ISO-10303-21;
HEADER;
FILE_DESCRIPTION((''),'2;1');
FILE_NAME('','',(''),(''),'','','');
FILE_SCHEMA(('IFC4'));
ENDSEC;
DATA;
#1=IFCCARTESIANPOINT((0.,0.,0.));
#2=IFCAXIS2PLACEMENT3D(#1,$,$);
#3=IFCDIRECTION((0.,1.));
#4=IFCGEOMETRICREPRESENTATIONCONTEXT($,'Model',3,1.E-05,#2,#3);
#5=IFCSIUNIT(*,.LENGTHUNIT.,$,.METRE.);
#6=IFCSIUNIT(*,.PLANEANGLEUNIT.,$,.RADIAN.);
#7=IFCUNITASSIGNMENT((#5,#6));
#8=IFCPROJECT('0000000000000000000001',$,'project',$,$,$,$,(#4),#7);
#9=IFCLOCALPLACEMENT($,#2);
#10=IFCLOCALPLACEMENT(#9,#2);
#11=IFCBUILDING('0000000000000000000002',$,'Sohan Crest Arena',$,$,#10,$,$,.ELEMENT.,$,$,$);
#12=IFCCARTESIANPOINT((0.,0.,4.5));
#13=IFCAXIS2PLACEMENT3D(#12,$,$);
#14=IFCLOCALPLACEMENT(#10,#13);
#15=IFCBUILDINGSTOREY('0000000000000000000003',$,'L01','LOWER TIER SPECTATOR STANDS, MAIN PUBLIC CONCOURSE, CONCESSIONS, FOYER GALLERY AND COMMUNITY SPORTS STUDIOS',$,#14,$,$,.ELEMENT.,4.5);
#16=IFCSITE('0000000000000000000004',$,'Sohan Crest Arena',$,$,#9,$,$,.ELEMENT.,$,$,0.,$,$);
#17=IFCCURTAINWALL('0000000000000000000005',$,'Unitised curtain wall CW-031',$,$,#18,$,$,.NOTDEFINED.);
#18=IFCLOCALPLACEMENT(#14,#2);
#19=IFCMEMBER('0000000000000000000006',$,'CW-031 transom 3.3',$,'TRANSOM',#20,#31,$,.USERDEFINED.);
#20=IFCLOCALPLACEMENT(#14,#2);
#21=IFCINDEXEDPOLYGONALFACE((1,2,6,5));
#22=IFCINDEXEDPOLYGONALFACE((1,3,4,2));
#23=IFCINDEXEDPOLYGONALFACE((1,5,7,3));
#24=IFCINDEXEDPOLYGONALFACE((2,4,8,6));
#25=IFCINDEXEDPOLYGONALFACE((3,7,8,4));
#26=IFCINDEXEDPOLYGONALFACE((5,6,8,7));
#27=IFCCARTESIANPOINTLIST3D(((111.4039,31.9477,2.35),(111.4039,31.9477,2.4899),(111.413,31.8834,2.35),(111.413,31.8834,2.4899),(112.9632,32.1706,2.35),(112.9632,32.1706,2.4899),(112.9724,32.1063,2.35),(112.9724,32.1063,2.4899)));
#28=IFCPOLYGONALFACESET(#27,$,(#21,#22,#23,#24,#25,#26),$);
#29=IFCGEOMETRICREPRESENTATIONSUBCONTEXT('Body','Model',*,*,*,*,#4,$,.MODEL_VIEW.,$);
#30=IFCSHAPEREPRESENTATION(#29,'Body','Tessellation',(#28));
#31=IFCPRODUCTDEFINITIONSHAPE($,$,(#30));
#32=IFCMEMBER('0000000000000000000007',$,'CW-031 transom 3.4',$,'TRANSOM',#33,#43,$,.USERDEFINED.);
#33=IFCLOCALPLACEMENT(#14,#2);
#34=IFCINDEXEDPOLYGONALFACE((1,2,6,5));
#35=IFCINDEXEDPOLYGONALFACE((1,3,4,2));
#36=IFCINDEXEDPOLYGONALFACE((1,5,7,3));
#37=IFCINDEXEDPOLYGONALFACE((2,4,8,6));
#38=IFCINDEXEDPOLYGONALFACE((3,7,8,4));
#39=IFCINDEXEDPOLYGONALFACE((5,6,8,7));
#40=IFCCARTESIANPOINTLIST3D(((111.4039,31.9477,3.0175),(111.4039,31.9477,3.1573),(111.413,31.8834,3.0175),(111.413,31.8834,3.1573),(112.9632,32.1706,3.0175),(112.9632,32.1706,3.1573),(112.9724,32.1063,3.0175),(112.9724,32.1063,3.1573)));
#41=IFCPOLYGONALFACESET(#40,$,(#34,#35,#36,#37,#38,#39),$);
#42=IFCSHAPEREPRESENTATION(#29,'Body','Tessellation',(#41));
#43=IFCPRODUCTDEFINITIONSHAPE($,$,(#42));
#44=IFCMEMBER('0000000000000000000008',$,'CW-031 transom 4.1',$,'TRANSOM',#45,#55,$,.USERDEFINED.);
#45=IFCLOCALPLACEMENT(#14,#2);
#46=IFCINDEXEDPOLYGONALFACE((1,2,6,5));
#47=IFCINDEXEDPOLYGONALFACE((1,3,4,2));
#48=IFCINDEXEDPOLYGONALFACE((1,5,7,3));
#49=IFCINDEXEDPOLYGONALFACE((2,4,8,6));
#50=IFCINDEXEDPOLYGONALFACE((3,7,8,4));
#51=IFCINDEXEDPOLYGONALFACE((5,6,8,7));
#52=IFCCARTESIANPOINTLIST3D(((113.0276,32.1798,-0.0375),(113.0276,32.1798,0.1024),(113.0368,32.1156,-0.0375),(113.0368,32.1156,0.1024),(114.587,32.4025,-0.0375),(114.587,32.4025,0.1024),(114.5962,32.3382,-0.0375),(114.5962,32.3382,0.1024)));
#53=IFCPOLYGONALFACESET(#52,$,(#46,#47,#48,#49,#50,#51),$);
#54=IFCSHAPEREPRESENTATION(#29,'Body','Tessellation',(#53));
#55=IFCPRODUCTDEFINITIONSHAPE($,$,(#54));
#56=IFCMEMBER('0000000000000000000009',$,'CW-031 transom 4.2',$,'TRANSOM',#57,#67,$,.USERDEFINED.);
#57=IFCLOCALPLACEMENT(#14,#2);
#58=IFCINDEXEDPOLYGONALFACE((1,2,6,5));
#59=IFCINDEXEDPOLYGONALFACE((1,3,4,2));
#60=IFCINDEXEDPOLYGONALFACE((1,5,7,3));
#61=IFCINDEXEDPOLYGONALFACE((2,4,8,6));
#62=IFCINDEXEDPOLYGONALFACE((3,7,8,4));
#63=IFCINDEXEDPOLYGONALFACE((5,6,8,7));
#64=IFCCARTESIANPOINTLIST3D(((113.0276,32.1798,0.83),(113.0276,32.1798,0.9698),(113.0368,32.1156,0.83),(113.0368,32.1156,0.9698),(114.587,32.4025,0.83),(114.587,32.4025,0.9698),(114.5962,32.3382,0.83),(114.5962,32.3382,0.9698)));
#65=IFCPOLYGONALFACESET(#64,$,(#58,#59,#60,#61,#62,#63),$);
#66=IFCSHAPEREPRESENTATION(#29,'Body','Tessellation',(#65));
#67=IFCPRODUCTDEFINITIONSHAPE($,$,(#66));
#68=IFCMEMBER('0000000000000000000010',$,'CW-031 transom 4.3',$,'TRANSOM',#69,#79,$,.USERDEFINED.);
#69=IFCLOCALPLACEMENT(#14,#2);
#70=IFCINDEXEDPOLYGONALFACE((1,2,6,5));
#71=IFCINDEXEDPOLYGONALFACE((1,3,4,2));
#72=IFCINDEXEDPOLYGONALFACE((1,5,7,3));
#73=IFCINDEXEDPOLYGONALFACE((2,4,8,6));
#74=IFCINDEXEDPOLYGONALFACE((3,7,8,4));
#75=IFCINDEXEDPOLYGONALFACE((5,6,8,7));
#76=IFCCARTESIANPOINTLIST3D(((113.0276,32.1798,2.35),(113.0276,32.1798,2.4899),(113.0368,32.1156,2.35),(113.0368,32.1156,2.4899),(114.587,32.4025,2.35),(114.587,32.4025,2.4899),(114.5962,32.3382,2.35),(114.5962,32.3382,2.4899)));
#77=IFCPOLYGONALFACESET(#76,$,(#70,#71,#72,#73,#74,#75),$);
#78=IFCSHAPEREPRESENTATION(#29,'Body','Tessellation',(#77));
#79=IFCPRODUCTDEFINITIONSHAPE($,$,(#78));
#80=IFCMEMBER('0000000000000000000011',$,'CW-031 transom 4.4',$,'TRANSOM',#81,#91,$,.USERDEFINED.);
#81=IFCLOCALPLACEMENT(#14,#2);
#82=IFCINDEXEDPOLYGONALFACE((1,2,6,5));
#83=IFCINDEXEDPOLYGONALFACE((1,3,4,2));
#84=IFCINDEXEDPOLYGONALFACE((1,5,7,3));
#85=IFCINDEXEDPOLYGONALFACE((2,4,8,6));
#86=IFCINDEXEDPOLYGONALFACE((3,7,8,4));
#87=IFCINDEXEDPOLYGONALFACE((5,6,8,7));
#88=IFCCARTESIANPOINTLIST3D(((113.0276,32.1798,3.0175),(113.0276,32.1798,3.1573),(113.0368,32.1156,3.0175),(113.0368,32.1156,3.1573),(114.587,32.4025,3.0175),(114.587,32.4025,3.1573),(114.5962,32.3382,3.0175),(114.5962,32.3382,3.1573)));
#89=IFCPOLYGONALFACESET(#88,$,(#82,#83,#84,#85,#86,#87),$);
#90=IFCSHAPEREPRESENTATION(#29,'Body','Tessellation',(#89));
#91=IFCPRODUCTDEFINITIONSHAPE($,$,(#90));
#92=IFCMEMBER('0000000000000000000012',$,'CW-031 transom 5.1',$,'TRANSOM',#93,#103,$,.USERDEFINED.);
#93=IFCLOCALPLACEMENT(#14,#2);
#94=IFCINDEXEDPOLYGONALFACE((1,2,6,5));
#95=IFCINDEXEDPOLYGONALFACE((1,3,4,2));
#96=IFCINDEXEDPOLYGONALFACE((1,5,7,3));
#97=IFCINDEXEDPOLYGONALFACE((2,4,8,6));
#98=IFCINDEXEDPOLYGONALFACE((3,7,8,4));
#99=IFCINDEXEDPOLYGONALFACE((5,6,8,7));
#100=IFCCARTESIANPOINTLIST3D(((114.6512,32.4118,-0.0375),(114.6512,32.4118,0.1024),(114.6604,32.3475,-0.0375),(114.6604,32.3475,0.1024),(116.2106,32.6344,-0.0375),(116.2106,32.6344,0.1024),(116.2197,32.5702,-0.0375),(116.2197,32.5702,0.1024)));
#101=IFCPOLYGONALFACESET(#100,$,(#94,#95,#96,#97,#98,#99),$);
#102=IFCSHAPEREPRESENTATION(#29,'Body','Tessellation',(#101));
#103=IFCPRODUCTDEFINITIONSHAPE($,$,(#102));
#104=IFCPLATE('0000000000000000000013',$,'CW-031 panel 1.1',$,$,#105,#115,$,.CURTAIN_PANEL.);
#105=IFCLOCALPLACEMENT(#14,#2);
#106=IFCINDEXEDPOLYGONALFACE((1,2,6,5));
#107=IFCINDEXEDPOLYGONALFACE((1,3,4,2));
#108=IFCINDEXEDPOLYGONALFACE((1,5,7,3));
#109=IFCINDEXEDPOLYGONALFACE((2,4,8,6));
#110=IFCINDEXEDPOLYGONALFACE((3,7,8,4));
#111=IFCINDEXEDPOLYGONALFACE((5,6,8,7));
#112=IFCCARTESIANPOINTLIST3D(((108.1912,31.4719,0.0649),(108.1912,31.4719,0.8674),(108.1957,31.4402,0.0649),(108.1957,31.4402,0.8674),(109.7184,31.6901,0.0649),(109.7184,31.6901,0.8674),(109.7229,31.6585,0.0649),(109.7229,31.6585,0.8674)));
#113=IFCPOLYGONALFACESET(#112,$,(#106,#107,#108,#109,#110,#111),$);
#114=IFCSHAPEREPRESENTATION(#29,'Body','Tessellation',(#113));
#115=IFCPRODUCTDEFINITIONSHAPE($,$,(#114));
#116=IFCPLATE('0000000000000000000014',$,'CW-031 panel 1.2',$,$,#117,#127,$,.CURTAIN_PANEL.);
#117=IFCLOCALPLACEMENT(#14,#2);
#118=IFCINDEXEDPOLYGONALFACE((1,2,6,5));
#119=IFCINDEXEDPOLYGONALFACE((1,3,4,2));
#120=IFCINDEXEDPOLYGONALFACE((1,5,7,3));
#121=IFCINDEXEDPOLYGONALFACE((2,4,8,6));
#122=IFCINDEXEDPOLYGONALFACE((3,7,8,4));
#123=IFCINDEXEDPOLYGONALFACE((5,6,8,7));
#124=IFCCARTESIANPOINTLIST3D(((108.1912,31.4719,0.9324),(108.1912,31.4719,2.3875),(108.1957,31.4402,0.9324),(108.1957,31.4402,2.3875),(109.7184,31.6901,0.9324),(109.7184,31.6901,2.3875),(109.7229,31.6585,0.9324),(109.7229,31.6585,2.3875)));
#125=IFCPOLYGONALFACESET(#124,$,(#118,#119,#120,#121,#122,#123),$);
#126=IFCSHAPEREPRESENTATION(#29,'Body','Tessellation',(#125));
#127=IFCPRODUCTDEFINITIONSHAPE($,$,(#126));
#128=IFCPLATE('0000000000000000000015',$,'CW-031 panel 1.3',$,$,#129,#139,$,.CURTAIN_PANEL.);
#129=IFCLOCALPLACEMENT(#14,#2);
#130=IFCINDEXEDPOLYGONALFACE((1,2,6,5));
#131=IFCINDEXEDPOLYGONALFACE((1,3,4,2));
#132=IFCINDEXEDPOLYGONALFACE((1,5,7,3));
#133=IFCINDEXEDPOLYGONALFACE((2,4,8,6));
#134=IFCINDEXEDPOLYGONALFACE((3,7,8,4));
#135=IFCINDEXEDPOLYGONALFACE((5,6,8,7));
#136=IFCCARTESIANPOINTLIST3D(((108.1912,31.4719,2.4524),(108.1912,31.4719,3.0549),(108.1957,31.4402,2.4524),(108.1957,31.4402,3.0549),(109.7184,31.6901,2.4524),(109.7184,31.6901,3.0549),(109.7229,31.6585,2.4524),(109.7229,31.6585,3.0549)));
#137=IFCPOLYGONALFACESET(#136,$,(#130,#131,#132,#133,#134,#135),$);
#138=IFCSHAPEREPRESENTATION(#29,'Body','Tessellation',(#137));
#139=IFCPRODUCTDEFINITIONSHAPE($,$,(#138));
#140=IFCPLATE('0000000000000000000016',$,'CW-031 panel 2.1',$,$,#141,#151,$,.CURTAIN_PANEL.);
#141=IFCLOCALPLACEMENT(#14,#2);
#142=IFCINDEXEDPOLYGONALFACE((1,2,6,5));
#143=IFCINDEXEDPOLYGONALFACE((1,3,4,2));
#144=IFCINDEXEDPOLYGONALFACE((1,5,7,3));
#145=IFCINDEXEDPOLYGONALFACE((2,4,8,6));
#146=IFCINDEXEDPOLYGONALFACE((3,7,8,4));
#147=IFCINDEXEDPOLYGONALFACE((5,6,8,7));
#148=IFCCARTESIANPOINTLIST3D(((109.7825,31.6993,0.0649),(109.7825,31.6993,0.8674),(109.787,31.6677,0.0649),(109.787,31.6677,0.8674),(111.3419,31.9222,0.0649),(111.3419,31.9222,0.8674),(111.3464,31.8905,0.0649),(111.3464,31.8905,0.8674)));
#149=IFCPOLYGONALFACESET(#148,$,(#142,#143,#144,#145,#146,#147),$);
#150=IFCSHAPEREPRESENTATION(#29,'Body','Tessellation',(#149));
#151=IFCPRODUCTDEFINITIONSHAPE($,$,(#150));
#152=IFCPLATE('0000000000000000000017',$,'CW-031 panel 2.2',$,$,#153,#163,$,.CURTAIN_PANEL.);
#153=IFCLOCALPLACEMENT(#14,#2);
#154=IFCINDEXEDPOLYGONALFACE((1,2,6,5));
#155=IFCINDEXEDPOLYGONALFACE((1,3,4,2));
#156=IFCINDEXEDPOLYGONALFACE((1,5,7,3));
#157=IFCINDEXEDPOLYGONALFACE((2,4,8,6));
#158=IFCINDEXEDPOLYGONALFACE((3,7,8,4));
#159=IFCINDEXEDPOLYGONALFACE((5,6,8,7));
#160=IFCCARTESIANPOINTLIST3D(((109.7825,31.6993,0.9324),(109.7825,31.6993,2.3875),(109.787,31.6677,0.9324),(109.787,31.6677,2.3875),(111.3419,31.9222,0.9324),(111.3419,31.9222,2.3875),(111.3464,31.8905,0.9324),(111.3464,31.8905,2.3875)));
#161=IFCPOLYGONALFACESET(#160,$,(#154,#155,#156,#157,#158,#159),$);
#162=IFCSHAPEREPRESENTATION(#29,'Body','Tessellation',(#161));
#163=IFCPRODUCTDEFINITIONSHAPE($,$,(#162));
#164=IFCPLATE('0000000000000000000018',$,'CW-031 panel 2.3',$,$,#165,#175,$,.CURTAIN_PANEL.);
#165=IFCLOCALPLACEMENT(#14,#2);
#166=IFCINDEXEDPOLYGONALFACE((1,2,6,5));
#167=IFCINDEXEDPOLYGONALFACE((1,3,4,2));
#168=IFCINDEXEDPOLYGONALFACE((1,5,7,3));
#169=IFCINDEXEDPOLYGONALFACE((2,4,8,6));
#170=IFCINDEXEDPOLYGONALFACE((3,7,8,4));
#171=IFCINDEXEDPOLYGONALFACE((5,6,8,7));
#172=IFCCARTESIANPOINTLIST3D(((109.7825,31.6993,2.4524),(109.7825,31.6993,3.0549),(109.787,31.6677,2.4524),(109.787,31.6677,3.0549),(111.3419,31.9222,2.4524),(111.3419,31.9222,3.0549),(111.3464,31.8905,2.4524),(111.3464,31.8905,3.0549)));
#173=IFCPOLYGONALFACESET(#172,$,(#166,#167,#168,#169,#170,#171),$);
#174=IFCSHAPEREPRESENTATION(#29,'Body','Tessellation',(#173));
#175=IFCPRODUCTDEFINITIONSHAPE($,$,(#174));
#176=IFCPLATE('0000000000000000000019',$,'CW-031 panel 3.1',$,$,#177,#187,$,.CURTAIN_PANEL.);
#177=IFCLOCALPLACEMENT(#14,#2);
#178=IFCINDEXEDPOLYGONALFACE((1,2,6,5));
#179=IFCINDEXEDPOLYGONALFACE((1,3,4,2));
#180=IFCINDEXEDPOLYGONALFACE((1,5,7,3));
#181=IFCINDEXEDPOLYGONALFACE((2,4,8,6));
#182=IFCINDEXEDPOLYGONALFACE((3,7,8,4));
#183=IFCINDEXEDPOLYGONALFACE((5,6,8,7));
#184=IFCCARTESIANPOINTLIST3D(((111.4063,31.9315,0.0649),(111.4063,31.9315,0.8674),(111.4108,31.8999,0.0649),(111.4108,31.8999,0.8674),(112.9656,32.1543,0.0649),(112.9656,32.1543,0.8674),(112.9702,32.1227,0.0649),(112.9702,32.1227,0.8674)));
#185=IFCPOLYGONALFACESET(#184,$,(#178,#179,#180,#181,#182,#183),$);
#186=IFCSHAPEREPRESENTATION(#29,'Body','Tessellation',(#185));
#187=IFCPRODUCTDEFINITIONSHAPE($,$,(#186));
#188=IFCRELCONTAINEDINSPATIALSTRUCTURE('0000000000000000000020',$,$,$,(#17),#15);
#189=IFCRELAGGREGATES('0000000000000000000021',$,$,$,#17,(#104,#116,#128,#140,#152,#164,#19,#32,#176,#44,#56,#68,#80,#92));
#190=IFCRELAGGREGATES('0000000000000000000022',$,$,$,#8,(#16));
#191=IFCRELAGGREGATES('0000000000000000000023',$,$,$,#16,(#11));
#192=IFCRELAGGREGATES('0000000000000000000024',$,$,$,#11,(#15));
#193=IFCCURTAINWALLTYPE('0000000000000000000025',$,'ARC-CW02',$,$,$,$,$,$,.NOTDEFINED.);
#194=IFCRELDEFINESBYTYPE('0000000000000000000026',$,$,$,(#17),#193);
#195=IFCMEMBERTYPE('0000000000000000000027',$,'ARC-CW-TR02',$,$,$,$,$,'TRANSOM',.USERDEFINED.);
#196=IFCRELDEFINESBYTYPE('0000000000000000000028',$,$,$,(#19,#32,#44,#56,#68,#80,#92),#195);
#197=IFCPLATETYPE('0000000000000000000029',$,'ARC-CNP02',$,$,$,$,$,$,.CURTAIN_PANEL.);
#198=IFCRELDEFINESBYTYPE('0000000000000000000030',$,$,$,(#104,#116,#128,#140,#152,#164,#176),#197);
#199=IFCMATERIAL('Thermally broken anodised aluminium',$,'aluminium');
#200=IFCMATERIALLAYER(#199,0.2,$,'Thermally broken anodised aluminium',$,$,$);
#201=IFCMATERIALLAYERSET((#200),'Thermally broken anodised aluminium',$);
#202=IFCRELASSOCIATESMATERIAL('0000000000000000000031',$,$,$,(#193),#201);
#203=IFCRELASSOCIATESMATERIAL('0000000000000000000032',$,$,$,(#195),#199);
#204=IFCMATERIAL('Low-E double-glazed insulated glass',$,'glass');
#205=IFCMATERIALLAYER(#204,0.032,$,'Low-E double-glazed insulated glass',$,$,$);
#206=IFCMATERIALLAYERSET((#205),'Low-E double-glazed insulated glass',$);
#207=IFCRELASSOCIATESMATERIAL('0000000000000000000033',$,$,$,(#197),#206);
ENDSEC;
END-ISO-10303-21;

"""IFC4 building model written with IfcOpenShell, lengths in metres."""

from ifc_helpers import new_model, si_unit, direction, frame, origin, origin_2d, place, context, subcontext, project, spatial, rectangle, extrude, material, layer, layer_set, material_profile, profile_set, type_object, element, aggregate, save


model = new_model("IFC4")

# Units and contexts
model_context = context("Model", 3, precision=1e-05, world=origin(), true_north=direction((0.0, 1.0)))
body_context = subcontext(model_context, "Body", "Model", "MODEL_VIEW")
ifc_project = project(units=[si_unit("LENGTHUNIT", "METRE"), si_unit("PLANEANGLEUNIT", "RADIAN")], contexts=[model_context])

# Site, building, storey
site_placement = place(None, origin())
site = spatial("IfcSite", under=ifc_project, at=site_placement, Name="Sohan Crest Arena", CompositionType="ELEMENT", RefElevation=0.0)
building_placement = place(site_placement, origin())
building = spatial("IfcBuilding", under=site, at=building_placement, Name="Sohan Crest Arena", CompositionType="ELEMENT")
storey_placement = place(building_placement, frame((0.0, 0.0, 4.5)))
storey = spatial("IfcBuildingStorey", under=building, at=storey_placement, Name="L01", Description="LOWER TIER SPECTATOR STANDS, MAIN PUBLIC CONCOURSE, CONCESSIONS, FOYER GALLERY AND COMMUNITY SPORTS STUDIOS", CompositionType="ELEMENT", Elevation=4.5)

# Curtain wall, members, plates
ifc_material_1 = material(Name="Thermally broken anodised aluminium", Category="aluminium")
ifc_layer_1 = layer(ifc_material_1, 0.2, Name="Thermally broken anodised aluminium")
ifc_layer_set_1 = layer_set([ifc_layer_1], Name="Thermally broken anodised aluminium")
curtain_wall_type = type_object("IfcCurtainWallType", Name="ARC-CW02", PredefinedType="NOTDEFINED", material=ifc_layer_set_1)
curtain_wall_placement = place(storey_placement, origin())
curtain_wall = element("IfcCurtainWall", 1, at=curtain_wall_placement, inside=storey, type_object=curtain_wall_type, Name="Unitised curtain wall CW-031", PredefinedType="NOTDEFINED")
ifc_material_profile_1 = material_profile(ifc_material_1, rectangle(XDim=0.0649, YDim=0.1399, at=origin_2d()), Name="ALU-TRAN 65x140")
ifc_profile_set_1 = profile_set([ifc_material_profile_1], Name="Thermally broken anodised aluminium")
member_type_1 = type_object("IfcMemberType", Name="ARC-CW-TR02", ElementType="TRANSOM", PredefinedType="USERDEFINED", material=ifc_profile_set_1)
member_1_placement = place(storey_placement, frame((111.4084, 31.9155, 2.4199), z_axis=(0.989937, 0.141508, 0.0), x_axis=(-0.141508, 0.989937, 0.0)))
member_1 = element("IfcMember", 2, at=member_1_placement, type_object=member_type_1, Name="CW-031 transom 3.3", ObjectType="TRANSOM", PredefinedType="USERDEFINED", context=body_context, shape_type="SweptSolid", body=[
    extrude(rectangle(XDim=0.0649, YDim=0.1399, at=origin_2d()), origin(), (0.0, 0.0, 1.0), 1.5752),
])
member_2_placement = place(storey_placement, frame((111.4084, 31.9155, 3.0874), z_axis=(0.989937, 0.141508, 0.0), x_axis=(-0.141508, 0.989937, 0.0)))
member_2 = element("IfcMember", 3, at=member_2_placement, type_object=member_type_1, Name="CW-031 transom 3.4", ObjectType="TRANSOM", PredefinedType="USERDEFINED", context=body_context, shape_type="SweptSolid", body=[
    extrude(rectangle(XDim=0.0649, YDim=0.1399, at=origin_2d()), origin(), (0.0, 0.0, 1.0), 1.5752),
])
member_3_placement = place(storey_placement, frame((113.0322, 32.1477, 0.0325), z_axis=(0.989959, 0.141356, 0.0), x_axis=(-0.141356, 0.989959, 0.0)))
member_3 = element("IfcMember", 4, at=member_3_placement, type_object=member_type_1, Name="CW-031 transom 4.1", ObjectType="TRANSOM", PredefinedType="USERDEFINED", context=body_context, shape_type="SweptSolid", body=[
    extrude(rectangle(XDim=0.0649, YDim=0.1399, at=origin_2d()), origin(), (0.0, 0.0, 1.0), 1.5752),
])
member_4_placement = place(storey_placement, frame((113.0322, 32.1477, 0.8999), z_axis=(0.989959, 0.141356, 0.0), x_axis=(-0.141356, 0.989959, 0.0)))
member_4 = element("IfcMember", 5, at=member_4_placement, type_object=member_type_1, Name="CW-031 transom 4.2", ObjectType="TRANSOM", PredefinedType="USERDEFINED", context=body_context, shape_type="SweptSolid", body=[
    extrude(rectangle(XDim=0.0649, YDim=0.1399, at=origin_2d()), origin(), (0.0, 0.0, 1.0), 1.5752),
])
member_5_placement = place(storey_placement, frame((113.0322, 32.1477, 2.4199), z_axis=(0.989959, 0.141356, 0.0), x_axis=(-0.141356, 0.989959, 0.0)))
member_5 = element("IfcMember", 6, at=member_5_placement, type_object=member_type_1, Name="CW-031 transom 4.3", ObjectType="TRANSOM", PredefinedType="USERDEFINED", context=body_context, shape_type="SweptSolid", body=[
    extrude(rectangle(XDim=0.0649, YDim=0.1399, at=origin_2d()), origin(), (0.0, 0.0, 1.0), 1.5752),
])
member_6_placement = place(storey_placement, frame((113.0322, 32.1477, 3.0874), z_axis=(0.989959, 0.141356, 0.0), x_axis=(-0.141356, 0.989959, 0.0)))
member_6 = element("IfcMember", 7, at=member_6_placement, type_object=member_type_1, Name="CW-031 transom 4.4", ObjectType="TRANSOM", PredefinedType="USERDEFINED", context=body_context, shape_type="SweptSolid", body=[
    extrude(rectangle(XDim=0.0649, YDim=0.1399, at=origin_2d()), origin(), (0.0, 0.0, 1.0), 1.5752),
])
member_7_placement = place(storey_placement, frame((114.6558, 32.3796, 0.0325), z_axis=(0.989959, 0.141356, 0.0), x_axis=(-0.141356, 0.989959, 0.0)))
member_7 = element("IfcMember", 8, at=member_7_placement, type_object=member_type_1, Name="CW-031 transom 5.1", ObjectType="TRANSOM", PredefinedType="USERDEFINED", context=body_context, shape_type="SweptSolid", body=[
    extrude(rectangle(XDim=0.0649, YDim=0.1399, at=origin_2d()), origin(), (0.0, 0.0, 1.0), 1.5752),
])
ifc_material_2 = material(Name="Low-E double-glazed insulated glass", Category="glass")
ifc_layer_2 = layer(ifc_material_2, 0.032, Name="Low-E double-glazed insulated glass")
ifc_layer_set_2 = layer_set([ifc_layer_2], Name="Low-E double-glazed insulated glass")
plate_type = type_object("IfcPlateType", Name="ARC-CNP02", PredefinedType="CURTAIN_PANEL", material=ifc_layer_set_2)
plate_1_placement = place(storey_placement, frame((108.957, 31.5652, 0.0649), z_axis=(0.0, 0.0, 1.0), x_axis=(0.989945, 0.14145, 0.0)))
plate_1 = element("IfcPlate", 9, at=plate_1_placement, type_object=plate_type, Name="CW-031 panel 1.1", PredefinedType="CURTAIN_PANEL", context=body_context, shape_type="SweptSolid", body=[
    extrude(rectangle(XDim=1.5427, YDim=0.032, at=origin_2d()), origin(), (0.0, 0.0, 1.0), 0.8025),
])
plate_2_placement = place(storey_placement, frame((108.957, 31.5652, 0.9324), z_axis=(0.0, 0.0, 1.0), x_axis=(0.989945, 0.14145, 0.0)))
plate_2 = element("IfcPlate", 10, at=plate_2_placement, type_object=plate_type, Name="CW-031 panel 1.2", PredefinedType="CURTAIN_PANEL", context=body_context, shape_type="SweptSolid", body=[
    extrude(rectangle(XDim=1.5427, YDim=0.032, at=origin_2d()), origin(), (0.0, 0.0, 1.0), 1.4551),
])
plate_3_placement = place(storey_placement, frame((108.957, 31.5652, 2.4524), z_axis=(0.0, 0.0, 1.0), x_axis=(0.989945, 0.14145, 0.0)))
plate_3 = element("IfcPlate", 11, at=plate_3_placement, type_object=plate_type, Name="CW-031 panel 1.3", PredefinedType="CURTAIN_PANEL", context=body_context, shape_type="SweptSolid", body=[
    extrude(rectangle(XDim=1.5427, YDim=0.032, at=origin_2d()), origin(), (0.0, 0.0, 1.0), 0.6025),
])
plate_4_placement = place(storey_placement, frame((110.5645, 31.7949, 0.0649), z_axis=(0.0, 0.0, 1.0), x_axis=(0.989945, 0.14145, 0.0)))
plate_4 = element("IfcPlate", 12, at=plate_4_placement, type_object=plate_type, Name="CW-031 panel 2.1", PredefinedType="CURTAIN_PANEL", context=body_context, shape_type="SweptSolid", body=[
    extrude(rectangle(XDim=1.5752, YDim=0.032, at=origin_2d()), origin(), (0.0, 0.0, 1.0), 0.8025),
])
plate_5_placement = place(storey_placement, frame((110.5645, 31.7949, 0.9324), z_axis=(0.0, 0.0, 1.0), x_axis=(0.989945, 0.14145, 0.0)))
plate_5 = element("IfcPlate", 13, at=plate_5_placement, type_object=plate_type, Name="CW-031 panel 2.2", PredefinedType="CURTAIN_PANEL", context=body_context, shape_type="SweptSolid", body=[
    extrude(rectangle(XDim=1.5752, YDim=0.032, at=origin_2d()), origin(), (0.0, 0.0, 1.0), 1.4551),
])
plate_6_placement = place(storey_placement, frame((110.5645, 31.7949, 2.4524), z_axis=(0.0, 0.0, 1.0), x_axis=(0.989945, 0.14145, 0.0)))
plate_6 = element("IfcPlate", 14, at=plate_6_placement, type_object=plate_type, Name="CW-031 panel 2.3", PredefinedType="CURTAIN_PANEL", context=body_context, shape_type="SweptSolid", body=[
    extrude(rectangle(XDim=1.5752, YDim=0.032, at=origin_2d()), origin(), (0.0, 0.0, 1.0), 0.6025),
])
plate_7_placement = place(storey_placement, frame((112.1882, 32.0271, 0.0649), z_axis=(0.0, 0.0, 1.0), x_axis=(0.989945, 0.14145, 0.0)))
plate_7 = element("IfcPlate", 15, at=plate_7_placement, type_object=plate_type, Name="CW-031 panel 3.1", PredefinedType="CURTAIN_PANEL", context=body_context, shape_type="SweptSolid", body=[
    extrude(rectangle(XDim=1.5752, YDim=0.032, at=origin_2d()), origin(), (0.0, 0.0, 1.0), 0.8025),
])
aggregate(curtain_wall, [plate_1, plate_2, plate_3, plate_4, plate_5, plate_6, member_1, member_2, plate_7, member_3, member_4, member_5, member_6, member_7])

save(model, "model.ifc")
